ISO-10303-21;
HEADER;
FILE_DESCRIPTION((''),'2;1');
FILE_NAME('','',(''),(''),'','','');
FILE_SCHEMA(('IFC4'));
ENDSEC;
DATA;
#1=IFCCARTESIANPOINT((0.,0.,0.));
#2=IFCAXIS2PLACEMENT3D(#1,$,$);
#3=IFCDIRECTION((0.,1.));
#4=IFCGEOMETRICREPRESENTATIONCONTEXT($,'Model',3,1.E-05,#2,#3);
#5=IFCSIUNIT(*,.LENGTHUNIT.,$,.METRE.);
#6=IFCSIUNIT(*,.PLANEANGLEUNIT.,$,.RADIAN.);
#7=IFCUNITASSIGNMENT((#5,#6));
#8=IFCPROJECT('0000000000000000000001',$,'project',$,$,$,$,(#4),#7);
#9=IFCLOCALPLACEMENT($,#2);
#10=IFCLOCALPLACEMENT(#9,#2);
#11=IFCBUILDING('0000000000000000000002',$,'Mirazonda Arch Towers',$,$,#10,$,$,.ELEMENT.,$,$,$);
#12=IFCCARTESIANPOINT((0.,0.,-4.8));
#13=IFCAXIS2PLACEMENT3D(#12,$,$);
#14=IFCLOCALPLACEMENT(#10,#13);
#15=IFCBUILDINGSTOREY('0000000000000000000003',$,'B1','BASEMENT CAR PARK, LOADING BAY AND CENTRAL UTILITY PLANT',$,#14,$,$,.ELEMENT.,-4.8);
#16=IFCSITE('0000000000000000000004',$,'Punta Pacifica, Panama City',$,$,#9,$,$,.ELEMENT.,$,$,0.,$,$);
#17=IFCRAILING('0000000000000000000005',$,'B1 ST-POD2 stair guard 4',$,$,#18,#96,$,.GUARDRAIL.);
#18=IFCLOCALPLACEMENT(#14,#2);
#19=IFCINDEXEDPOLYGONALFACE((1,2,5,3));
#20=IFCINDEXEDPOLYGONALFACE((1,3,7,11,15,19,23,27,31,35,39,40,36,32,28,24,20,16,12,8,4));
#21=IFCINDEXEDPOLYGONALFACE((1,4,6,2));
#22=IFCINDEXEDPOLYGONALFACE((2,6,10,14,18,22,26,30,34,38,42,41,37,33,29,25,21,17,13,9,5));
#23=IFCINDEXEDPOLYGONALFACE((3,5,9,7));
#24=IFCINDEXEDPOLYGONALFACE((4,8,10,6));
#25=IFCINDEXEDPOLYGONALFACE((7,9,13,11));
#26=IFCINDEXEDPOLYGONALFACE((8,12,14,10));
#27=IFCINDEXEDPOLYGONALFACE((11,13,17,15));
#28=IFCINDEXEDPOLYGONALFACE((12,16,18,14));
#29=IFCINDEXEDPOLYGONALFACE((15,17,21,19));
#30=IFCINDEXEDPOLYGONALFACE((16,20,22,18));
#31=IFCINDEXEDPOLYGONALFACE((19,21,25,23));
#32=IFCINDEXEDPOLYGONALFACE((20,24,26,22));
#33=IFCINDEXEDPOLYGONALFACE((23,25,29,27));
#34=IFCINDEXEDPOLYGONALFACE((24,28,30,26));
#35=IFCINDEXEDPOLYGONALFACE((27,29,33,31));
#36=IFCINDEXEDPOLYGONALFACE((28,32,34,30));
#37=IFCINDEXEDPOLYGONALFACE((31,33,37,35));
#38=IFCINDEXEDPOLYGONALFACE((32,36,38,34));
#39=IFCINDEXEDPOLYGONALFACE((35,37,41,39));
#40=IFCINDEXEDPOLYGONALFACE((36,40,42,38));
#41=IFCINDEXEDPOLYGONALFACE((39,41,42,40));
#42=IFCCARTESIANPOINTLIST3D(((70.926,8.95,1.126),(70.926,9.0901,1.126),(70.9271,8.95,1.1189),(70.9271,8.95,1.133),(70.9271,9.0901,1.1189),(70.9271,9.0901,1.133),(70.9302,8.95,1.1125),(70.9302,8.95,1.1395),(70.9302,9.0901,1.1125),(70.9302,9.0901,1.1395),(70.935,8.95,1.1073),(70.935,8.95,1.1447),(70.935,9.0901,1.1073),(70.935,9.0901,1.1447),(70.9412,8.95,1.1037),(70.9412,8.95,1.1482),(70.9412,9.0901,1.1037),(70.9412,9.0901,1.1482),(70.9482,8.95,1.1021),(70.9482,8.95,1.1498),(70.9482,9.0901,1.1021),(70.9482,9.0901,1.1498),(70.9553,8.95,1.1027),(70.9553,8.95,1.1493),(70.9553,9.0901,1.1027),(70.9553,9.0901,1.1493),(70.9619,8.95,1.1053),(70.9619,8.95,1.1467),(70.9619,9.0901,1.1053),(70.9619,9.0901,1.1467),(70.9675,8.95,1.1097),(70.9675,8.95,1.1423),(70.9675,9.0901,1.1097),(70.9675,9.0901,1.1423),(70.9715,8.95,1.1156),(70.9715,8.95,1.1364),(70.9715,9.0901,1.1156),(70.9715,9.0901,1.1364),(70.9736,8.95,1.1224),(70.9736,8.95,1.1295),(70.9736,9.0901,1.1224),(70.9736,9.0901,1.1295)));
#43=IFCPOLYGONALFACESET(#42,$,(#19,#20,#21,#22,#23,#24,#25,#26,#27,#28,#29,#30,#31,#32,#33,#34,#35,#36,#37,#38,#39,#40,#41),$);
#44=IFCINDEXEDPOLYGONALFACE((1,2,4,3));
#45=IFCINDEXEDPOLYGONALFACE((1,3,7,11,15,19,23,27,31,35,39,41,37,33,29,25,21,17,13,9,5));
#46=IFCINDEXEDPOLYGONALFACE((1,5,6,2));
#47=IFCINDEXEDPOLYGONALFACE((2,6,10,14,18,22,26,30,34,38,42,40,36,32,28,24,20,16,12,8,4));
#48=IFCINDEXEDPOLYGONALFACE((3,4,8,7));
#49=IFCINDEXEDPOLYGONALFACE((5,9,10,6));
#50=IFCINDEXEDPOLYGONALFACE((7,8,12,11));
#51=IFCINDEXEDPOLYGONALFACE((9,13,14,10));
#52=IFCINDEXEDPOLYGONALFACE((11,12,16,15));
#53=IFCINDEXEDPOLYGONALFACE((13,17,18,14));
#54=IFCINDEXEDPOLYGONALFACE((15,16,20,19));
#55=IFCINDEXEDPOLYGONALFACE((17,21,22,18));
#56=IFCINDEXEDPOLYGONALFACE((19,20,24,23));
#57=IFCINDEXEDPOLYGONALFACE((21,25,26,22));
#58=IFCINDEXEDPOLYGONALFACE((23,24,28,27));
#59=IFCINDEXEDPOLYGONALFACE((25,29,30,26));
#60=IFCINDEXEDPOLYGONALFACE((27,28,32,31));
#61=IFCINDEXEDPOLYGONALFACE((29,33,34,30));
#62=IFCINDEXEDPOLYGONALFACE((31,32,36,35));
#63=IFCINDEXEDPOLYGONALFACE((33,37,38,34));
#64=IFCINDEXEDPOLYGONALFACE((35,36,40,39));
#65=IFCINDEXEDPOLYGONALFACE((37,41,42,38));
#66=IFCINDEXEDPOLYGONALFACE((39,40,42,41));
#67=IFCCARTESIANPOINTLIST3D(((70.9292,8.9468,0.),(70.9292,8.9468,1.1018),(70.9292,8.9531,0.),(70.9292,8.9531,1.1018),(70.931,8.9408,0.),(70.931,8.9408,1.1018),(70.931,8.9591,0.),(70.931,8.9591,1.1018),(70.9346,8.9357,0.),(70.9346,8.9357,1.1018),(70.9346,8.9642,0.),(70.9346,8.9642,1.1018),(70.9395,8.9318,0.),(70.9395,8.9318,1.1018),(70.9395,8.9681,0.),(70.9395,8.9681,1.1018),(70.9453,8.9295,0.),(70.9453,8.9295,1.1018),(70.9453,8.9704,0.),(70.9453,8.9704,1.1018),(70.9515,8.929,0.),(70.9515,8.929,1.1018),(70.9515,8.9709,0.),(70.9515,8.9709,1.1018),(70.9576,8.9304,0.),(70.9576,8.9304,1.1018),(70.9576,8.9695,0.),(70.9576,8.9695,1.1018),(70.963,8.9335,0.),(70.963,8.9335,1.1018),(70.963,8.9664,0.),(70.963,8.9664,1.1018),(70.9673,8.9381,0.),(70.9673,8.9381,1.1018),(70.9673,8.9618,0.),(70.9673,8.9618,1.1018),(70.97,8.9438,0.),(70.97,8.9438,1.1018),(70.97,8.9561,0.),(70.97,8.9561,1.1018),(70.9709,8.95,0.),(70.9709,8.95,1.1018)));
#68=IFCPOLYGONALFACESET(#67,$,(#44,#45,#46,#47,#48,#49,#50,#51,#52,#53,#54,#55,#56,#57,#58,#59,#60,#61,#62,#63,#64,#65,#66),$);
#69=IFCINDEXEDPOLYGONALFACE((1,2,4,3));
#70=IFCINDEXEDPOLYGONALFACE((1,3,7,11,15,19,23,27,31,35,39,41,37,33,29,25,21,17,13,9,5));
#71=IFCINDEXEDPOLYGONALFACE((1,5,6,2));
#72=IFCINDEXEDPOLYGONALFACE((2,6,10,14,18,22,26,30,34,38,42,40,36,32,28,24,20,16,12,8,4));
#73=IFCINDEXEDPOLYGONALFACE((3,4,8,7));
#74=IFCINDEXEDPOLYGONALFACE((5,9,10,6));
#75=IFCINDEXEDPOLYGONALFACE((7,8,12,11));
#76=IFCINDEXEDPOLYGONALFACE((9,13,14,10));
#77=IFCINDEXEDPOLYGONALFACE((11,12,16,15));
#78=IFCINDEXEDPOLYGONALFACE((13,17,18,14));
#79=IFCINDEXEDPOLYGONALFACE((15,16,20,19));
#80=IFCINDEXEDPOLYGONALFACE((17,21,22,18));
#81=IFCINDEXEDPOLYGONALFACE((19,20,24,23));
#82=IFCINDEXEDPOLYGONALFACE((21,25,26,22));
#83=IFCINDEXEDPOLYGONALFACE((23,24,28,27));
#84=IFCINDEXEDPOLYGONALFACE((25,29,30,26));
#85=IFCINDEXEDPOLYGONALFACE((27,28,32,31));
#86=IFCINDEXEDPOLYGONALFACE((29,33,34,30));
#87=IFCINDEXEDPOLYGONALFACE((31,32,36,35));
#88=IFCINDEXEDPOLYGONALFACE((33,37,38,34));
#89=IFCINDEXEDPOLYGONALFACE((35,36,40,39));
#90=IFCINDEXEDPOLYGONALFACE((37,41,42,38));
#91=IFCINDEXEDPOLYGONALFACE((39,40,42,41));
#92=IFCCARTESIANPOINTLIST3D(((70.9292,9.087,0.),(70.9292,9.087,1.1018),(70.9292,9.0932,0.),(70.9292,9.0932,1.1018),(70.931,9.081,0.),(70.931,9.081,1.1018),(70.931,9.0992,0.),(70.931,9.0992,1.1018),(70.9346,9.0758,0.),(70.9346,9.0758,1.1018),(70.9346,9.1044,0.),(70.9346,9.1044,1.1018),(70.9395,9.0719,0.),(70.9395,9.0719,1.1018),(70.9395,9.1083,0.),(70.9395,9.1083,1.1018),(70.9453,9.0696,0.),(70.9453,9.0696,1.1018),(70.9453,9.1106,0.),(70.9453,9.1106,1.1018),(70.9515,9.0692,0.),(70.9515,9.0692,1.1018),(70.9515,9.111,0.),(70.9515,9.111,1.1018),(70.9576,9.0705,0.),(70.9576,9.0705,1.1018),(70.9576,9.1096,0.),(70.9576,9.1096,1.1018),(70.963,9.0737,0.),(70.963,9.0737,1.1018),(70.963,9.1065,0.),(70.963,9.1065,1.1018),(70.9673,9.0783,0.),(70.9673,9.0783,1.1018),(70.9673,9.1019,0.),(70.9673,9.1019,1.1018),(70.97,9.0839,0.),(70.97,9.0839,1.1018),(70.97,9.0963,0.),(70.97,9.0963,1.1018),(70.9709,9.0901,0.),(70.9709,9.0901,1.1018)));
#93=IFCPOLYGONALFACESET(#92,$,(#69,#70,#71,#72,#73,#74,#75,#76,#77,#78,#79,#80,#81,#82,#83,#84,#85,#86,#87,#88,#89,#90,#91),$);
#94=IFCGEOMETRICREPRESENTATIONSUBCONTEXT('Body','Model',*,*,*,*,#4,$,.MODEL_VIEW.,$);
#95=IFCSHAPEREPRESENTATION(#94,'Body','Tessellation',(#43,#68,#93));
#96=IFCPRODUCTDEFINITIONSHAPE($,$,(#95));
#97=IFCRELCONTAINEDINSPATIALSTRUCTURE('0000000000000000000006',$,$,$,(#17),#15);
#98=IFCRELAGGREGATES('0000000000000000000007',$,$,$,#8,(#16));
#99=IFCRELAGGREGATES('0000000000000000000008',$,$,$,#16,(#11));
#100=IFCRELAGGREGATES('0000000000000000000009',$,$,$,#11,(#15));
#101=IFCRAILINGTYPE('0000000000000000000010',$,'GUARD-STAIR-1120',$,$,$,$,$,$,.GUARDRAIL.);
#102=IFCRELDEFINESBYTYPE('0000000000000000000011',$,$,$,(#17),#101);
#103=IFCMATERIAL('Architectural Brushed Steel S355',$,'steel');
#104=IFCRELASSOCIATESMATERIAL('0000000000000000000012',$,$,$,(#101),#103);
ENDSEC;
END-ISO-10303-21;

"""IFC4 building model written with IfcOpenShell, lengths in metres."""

from ifc_helpers import new_model, si_unit, direction, frame, origin, origin_2d, place, context, subcontext, project, spatial, circle, extrude, material, type_object, element, save


model = new_model("IFC4")

# Units and contexts
model_context = context("Model", 3, precision=1e-05, world=origin(), true_north=direction((0.0, 1.0)))
body_context = subcontext(model_context, "Body", "Model", "MODEL_VIEW")
ifc_project = project(units=[si_unit("LENGTHUNIT", "METRE"), si_unit("PLANEANGLEUNIT", "RADIAN")], contexts=[model_context])

# Site, building, storey
site_placement = place(None, origin())
site = spatial("IfcSite", under=ifc_project, at=site_placement, Name="Punta Pacifica, Panama City", CompositionType="ELEMENT", RefElevation=0.0)
building_placement = place(site_placement, origin())
building = spatial("IfcBuilding", under=site, at=building_placement, Name="Mirazonda Arch Towers", CompositionType="ELEMENT")
storey_placement = place(building_placement, frame((0.0, 0.0, -4.8)))
storey = spatial("IfcBuildingStorey", under=building, at=storey_placement, Name="B1", Description="BASEMENT CAR PARK, LOADING BAY AND CENTRAL UTILITY PLANT", CompositionType="ELEMENT", Elevation=-4.8)

# Railing
ifc_material_1 = material(Name="Architectural Brushed Steel S355", Category="steel")
railing_type_1 = type_object("IfcRailingType", Name="GUARD-STAIR-1120", PredefinedType="GUARDRAIL", material=ifc_material_1)
railing_1_placement = place(storey_placement, frame((70.95, 8.95, 0.0)))
element("IfcRailing", 1, at=railing_1_placement, inside=storey, type_object=railing_type_1, Name="B1 ST-POD2 stair guard 4", PredefinedType="GUARDRAIL", context=body_context, shape_type="SweptSolid", body=[
    extrude(circle(Radius=0.0239, at=origin_2d()), frame((0.0, 0.0, 1.126), z_axis=(0.0, 1.0, 0.0), x_axis=(-1.0, 0.0, 0.0)), (0.0, 0.0, 1.0), 0.1401),
    extrude(circle(Radius=0.021, at=origin_2d()), origin(), (0.0, 0.0, 1.0), 1.1018),
    extrude(circle(Radius=0.021, at=origin_2d()), frame((0.0, 0.1401, 0.0)), (0.0, 0.0, 1.0), 1.1018),
])

save(model, "model.ifc")
